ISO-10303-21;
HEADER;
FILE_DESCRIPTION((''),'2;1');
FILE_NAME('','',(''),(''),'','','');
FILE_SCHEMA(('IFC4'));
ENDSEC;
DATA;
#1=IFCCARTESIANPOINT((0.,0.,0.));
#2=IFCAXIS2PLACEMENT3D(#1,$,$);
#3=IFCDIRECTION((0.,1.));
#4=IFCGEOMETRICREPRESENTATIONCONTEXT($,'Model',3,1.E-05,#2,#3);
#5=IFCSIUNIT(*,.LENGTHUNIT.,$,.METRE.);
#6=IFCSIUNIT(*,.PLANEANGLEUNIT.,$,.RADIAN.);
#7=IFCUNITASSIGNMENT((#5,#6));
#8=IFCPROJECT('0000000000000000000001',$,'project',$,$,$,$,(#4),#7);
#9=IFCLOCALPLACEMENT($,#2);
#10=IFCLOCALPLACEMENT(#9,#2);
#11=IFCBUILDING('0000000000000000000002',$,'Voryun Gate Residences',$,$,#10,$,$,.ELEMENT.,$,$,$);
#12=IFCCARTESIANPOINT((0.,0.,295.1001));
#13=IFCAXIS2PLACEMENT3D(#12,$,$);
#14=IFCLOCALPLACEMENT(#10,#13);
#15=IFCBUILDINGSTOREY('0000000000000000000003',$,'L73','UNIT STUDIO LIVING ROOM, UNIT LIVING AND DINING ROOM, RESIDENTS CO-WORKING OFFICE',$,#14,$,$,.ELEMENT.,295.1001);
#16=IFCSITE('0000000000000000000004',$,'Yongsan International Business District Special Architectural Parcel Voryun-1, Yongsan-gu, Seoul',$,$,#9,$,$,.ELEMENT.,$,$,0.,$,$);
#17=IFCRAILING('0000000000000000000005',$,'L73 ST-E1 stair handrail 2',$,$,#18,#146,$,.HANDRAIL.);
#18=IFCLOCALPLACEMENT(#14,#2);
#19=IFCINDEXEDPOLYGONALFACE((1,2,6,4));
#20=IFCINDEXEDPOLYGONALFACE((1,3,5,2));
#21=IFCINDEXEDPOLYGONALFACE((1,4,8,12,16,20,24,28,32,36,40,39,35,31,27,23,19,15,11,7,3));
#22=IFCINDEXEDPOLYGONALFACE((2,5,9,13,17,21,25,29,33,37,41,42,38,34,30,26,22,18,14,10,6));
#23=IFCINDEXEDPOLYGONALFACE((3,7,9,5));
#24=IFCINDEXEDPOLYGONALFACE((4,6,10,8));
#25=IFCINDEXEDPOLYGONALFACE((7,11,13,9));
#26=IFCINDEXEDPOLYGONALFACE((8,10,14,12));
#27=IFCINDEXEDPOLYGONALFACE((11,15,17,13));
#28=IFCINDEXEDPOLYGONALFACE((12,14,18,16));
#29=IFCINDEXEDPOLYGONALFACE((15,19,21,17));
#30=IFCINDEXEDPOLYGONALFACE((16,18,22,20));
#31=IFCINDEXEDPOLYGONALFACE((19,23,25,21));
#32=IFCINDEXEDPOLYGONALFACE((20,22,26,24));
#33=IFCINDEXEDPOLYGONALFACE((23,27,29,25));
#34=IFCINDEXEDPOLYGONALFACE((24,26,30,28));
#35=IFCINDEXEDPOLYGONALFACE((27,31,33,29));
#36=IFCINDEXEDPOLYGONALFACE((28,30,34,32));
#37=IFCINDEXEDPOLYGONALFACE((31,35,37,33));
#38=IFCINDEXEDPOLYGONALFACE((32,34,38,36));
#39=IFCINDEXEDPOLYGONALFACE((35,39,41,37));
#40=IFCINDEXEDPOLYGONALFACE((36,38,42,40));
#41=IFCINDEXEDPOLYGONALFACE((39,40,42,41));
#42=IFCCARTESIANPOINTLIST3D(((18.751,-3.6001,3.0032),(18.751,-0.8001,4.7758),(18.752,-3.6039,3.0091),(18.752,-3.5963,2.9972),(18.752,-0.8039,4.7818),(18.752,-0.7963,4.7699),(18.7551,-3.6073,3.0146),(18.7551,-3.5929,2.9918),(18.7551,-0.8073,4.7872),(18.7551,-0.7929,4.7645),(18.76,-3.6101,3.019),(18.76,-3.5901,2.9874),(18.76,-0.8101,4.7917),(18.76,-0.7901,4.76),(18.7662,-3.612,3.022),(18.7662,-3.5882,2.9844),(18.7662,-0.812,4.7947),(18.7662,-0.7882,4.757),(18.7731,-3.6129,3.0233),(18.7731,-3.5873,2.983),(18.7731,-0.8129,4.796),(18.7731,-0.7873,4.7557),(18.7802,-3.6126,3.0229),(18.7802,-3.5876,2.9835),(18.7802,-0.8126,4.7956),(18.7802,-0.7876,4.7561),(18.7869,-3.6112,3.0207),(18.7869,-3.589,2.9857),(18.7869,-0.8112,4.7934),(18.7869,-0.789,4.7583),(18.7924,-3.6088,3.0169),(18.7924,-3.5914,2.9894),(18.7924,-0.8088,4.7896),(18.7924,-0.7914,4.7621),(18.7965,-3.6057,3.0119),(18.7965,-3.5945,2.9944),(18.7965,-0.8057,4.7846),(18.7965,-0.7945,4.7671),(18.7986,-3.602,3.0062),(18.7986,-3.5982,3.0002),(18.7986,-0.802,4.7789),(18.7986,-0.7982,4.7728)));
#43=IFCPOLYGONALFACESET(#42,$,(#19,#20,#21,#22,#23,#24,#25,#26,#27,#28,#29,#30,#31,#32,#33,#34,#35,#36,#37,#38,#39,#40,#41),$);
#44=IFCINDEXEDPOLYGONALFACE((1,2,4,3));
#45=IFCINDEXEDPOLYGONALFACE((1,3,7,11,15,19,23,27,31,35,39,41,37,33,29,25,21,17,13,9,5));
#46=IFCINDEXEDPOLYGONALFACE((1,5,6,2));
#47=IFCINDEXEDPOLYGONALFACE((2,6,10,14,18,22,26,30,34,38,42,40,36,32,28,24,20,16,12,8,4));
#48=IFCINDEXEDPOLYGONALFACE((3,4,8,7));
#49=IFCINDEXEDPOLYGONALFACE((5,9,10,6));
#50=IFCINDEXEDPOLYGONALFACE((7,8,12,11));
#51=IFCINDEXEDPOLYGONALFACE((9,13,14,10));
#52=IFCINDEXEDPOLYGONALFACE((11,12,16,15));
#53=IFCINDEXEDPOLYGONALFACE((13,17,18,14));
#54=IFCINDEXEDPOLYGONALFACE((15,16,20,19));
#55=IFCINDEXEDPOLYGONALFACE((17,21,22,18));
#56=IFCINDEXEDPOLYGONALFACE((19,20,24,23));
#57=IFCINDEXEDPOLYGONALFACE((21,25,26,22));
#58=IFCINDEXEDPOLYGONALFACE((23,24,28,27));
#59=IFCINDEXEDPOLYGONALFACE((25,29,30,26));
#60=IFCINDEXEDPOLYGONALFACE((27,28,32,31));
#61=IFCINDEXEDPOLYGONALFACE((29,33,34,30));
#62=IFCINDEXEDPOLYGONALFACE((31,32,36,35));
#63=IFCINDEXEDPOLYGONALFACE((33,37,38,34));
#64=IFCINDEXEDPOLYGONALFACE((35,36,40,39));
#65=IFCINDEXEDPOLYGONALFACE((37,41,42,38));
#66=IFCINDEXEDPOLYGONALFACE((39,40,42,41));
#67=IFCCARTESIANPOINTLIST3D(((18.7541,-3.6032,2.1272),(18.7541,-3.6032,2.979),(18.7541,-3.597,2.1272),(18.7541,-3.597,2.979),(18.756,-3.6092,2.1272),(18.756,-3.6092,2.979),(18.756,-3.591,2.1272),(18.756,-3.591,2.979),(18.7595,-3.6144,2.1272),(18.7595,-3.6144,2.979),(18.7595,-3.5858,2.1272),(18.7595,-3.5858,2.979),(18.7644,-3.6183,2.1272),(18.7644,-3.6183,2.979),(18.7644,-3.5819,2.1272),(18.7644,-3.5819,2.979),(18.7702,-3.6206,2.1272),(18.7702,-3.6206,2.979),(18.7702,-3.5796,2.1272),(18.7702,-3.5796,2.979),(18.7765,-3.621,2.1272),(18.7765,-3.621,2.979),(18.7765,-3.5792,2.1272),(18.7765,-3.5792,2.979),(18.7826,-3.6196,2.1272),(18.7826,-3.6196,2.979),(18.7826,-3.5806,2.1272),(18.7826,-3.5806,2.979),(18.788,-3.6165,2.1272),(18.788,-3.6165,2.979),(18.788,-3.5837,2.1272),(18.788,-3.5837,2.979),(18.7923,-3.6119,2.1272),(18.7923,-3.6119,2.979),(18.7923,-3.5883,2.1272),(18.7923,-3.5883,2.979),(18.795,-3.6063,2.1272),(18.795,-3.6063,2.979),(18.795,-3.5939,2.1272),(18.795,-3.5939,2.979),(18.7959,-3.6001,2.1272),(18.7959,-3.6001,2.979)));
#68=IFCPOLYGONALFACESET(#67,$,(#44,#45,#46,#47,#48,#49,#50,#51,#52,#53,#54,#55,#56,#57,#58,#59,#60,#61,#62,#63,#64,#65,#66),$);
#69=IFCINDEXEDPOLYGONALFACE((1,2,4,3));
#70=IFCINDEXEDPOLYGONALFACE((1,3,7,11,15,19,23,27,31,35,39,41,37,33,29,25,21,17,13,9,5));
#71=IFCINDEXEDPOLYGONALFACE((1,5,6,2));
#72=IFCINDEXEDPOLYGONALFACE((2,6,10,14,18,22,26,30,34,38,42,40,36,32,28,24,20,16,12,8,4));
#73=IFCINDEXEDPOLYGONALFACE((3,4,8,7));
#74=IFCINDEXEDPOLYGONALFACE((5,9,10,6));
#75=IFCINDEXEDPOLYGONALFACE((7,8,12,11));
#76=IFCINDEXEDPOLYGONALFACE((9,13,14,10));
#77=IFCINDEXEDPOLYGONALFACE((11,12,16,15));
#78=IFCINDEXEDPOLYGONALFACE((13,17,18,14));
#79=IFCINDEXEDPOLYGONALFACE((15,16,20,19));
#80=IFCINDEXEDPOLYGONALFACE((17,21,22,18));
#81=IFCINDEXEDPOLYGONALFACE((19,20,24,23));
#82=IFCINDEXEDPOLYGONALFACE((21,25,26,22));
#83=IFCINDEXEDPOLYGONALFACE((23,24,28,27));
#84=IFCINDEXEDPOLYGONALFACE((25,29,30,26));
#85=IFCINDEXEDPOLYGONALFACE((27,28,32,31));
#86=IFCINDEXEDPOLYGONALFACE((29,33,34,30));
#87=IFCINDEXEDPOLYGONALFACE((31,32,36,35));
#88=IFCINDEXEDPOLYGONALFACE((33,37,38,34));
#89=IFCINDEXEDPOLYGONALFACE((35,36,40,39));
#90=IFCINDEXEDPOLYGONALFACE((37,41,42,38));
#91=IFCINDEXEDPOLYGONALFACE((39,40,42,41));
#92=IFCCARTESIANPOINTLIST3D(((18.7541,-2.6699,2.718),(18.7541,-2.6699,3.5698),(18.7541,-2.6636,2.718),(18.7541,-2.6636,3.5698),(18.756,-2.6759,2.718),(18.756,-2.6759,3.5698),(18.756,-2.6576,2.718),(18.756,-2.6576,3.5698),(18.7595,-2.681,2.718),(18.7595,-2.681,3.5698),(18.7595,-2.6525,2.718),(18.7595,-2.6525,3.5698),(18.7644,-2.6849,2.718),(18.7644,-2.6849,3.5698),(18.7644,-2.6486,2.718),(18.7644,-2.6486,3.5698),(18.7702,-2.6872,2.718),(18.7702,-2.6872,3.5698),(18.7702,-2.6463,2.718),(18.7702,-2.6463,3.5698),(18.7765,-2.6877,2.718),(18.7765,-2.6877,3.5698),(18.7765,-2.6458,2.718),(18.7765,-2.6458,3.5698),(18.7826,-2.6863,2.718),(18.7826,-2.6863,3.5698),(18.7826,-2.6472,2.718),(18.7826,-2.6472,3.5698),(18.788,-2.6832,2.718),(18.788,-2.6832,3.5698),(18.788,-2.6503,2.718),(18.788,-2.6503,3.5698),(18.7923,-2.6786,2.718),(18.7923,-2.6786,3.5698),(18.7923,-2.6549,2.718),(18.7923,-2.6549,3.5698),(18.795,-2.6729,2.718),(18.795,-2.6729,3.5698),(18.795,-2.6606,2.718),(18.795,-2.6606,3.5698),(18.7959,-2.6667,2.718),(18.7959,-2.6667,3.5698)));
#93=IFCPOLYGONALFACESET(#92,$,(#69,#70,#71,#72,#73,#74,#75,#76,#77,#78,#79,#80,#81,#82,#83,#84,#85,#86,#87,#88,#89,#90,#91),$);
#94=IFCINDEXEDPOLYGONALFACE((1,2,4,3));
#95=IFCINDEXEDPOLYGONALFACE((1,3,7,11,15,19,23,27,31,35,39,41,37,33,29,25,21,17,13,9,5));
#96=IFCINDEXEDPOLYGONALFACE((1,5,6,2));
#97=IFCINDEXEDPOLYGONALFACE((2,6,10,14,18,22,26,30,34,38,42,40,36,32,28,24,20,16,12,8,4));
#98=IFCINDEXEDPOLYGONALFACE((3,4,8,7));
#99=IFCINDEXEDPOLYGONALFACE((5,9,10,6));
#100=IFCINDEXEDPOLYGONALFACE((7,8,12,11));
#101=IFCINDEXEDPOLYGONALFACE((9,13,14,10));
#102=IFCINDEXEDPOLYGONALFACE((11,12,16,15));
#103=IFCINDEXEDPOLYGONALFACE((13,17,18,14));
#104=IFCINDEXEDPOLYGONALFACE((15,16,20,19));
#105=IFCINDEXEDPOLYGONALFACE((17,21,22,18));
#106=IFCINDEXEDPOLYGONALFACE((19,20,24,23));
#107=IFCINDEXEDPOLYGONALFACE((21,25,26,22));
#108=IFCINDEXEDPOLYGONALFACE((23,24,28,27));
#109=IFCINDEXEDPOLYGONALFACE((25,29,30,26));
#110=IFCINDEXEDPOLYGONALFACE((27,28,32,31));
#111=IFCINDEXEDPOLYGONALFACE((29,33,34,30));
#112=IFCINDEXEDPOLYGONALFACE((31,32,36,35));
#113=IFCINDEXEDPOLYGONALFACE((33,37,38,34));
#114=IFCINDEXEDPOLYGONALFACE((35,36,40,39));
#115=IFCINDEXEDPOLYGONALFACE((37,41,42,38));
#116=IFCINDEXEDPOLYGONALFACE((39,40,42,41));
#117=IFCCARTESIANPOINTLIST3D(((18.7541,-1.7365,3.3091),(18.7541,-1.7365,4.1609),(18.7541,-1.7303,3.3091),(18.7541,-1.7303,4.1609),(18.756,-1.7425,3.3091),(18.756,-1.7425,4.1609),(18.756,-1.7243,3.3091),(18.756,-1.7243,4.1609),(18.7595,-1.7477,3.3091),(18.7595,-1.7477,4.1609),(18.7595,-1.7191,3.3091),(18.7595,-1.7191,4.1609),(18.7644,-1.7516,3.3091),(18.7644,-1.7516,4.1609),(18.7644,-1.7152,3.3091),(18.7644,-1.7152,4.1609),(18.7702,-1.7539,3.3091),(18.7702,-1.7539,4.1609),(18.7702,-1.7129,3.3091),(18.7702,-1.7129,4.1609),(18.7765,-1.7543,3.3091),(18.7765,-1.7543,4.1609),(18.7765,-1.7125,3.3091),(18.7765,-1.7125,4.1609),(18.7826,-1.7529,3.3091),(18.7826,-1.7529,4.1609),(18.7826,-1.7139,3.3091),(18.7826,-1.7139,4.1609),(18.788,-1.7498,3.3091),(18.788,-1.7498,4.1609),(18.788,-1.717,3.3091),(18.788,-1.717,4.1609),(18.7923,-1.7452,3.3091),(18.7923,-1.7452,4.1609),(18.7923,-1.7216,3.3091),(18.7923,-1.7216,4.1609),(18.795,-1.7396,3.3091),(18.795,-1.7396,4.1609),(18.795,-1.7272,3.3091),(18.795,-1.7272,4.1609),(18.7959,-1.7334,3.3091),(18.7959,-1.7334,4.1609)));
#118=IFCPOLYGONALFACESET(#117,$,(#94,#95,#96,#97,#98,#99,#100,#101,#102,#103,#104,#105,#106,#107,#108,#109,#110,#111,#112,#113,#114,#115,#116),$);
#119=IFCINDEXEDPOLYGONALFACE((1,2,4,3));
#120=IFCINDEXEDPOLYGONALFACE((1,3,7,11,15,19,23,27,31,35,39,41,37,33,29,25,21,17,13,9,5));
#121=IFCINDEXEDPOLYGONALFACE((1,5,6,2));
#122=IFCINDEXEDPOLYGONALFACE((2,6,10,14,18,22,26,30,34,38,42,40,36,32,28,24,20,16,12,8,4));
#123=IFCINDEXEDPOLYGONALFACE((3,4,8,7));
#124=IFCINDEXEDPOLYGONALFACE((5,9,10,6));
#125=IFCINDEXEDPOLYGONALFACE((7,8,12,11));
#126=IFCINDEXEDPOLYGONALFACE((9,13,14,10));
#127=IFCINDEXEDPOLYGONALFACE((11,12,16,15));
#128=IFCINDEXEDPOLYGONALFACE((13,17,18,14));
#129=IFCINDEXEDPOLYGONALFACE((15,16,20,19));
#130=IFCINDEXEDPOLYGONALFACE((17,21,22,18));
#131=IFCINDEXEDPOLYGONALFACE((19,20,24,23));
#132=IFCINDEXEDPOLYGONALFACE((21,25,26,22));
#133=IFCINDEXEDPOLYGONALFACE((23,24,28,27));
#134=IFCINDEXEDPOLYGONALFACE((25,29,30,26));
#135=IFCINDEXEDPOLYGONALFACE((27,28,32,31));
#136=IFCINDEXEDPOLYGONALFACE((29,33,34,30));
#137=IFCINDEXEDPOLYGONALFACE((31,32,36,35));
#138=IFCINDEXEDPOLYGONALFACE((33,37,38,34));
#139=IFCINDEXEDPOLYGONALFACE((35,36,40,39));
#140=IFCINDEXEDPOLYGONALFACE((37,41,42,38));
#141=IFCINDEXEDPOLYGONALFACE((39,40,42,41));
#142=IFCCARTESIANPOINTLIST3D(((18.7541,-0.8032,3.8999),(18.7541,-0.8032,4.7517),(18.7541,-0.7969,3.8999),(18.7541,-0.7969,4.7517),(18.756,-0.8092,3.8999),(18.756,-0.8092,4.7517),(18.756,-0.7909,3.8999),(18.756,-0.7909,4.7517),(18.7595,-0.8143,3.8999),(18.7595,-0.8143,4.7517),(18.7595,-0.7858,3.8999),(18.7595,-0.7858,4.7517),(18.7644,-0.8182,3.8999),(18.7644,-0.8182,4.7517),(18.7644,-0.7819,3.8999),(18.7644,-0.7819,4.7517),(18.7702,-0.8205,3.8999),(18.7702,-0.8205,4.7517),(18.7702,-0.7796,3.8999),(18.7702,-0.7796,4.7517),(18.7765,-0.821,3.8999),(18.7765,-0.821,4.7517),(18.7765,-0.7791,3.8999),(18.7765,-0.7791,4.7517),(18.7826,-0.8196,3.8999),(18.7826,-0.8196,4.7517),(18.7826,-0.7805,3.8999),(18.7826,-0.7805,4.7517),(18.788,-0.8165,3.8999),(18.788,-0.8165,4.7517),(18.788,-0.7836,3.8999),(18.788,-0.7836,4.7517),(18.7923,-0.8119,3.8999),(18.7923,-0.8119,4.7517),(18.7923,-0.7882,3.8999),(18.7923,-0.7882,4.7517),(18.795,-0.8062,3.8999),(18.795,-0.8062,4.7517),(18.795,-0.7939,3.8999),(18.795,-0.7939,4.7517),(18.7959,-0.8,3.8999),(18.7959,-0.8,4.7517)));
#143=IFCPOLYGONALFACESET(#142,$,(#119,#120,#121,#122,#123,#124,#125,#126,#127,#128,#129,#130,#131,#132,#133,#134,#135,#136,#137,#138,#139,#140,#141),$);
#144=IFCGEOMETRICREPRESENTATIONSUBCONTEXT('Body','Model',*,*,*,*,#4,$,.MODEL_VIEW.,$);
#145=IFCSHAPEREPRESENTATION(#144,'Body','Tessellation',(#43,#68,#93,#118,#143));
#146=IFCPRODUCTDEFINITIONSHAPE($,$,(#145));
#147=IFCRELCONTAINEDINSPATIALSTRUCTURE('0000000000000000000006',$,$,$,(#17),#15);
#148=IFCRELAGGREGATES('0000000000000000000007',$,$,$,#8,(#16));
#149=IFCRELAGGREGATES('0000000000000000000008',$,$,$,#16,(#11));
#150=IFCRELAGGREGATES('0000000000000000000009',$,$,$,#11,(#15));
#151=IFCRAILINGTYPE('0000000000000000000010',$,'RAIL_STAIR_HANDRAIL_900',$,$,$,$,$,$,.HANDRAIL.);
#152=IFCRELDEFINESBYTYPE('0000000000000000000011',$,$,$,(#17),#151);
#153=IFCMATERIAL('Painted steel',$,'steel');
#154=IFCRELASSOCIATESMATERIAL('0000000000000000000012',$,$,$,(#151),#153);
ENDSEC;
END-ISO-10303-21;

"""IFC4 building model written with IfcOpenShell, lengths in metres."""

from ifc_helpers import new_model, si_unit, direction, frame, origin, origin_2d, place, context, subcontext, project, spatial, circle, extrude, material, type_object, element, save


model = new_model("IFC4")

# Units and contexts
model_context = context("Model", 3, precision=1e-05, world=origin(), true_north=direction((0.0, 1.0)))
body_context = subcontext(model_context, "Body", "Model", "MODEL_VIEW")
ifc_project = project(units=[si_unit("LENGTHUNIT", "METRE"), si_unit("PLANEANGLEUNIT", "RADIAN")], contexts=[model_context])

# Site, building, storey
site_placement = place(None, origin())
site = spatial("IfcSite", under=ifc_project, at=site_placement, Name="Yongsan International Business District Special Architectural Parcel Voryun-1, Yongsan-gu, Seoul", CompositionType="ELEMENT", RefElevation=0.0)
building_placement = place(site_placement, origin())
building = spatial("IfcBuilding", under=site, at=building_placement, Name="Voryun Gate Residences", CompositionType="ELEMENT")
storey_placement = place(building_placement, frame((0.0, 0.0, 295.1001)))
storey = spatial("IfcBuildingStorey", under=building, at=storey_placement, Name="L73", Description="UNIT STUDIO LIVING ROOM, UNIT LIVING AND DINING ROOM, RESIDENTS CO-WORKING OFFICE", CompositionType="ELEMENT", Elevation=295.1001)

# Railing
ifc_material_1 = material(Name="Painted steel", Category="steel")
railing_type_1 = type_object("IfcRailingType", Name="RAIL_STAIR_HANDRAIL_900", PredefinedType="HANDRAIL", material=ifc_material_1)
railing_1_placement = place(storey_placement, frame((18.7749, -3.6001, 2.1272)))
element("IfcRailing", 1, at=railing_1_placement, inside=storey, type_object=railing_type_1, Name="L73 ST-E1 stair handrail 2", PredefinedType="HANDRAIL", context=body_context, shape_type="SweptSolid", body=[
    extrude(circle(Radius=0.0239, at=origin_2d()), frame((0.0, 0.0, 0.876), z_axis=(0.0, 0.844909, 0.53491), x_axis=(-1.0, 0.0, 0.0)), (0.0, 0.0, 1.0), 3.314),
    extrude(circle(Radius=0.021, at=origin_2d()), origin(), (0.0, 0.0, 1.0), 0.8518),
    extrude(circle(Radius=0.021, at=origin_2d()), frame((0.0, 0.9333, 0.5908)), (0.0, 0.0, 1.0), 0.8518),
    extrude(circle(Radius=0.021, at=origin_2d()), frame((0.0, 1.8667, 1.1819)), (0.0, 0.0, 1.0), 0.8518),
    extrude(circle(Radius=0.021, at=origin_2d()), frame((0.0, 2.8, 1.7727)), (0.0, 0.0, 1.0), 0.8518),
])

save(model, "model.ifc")
